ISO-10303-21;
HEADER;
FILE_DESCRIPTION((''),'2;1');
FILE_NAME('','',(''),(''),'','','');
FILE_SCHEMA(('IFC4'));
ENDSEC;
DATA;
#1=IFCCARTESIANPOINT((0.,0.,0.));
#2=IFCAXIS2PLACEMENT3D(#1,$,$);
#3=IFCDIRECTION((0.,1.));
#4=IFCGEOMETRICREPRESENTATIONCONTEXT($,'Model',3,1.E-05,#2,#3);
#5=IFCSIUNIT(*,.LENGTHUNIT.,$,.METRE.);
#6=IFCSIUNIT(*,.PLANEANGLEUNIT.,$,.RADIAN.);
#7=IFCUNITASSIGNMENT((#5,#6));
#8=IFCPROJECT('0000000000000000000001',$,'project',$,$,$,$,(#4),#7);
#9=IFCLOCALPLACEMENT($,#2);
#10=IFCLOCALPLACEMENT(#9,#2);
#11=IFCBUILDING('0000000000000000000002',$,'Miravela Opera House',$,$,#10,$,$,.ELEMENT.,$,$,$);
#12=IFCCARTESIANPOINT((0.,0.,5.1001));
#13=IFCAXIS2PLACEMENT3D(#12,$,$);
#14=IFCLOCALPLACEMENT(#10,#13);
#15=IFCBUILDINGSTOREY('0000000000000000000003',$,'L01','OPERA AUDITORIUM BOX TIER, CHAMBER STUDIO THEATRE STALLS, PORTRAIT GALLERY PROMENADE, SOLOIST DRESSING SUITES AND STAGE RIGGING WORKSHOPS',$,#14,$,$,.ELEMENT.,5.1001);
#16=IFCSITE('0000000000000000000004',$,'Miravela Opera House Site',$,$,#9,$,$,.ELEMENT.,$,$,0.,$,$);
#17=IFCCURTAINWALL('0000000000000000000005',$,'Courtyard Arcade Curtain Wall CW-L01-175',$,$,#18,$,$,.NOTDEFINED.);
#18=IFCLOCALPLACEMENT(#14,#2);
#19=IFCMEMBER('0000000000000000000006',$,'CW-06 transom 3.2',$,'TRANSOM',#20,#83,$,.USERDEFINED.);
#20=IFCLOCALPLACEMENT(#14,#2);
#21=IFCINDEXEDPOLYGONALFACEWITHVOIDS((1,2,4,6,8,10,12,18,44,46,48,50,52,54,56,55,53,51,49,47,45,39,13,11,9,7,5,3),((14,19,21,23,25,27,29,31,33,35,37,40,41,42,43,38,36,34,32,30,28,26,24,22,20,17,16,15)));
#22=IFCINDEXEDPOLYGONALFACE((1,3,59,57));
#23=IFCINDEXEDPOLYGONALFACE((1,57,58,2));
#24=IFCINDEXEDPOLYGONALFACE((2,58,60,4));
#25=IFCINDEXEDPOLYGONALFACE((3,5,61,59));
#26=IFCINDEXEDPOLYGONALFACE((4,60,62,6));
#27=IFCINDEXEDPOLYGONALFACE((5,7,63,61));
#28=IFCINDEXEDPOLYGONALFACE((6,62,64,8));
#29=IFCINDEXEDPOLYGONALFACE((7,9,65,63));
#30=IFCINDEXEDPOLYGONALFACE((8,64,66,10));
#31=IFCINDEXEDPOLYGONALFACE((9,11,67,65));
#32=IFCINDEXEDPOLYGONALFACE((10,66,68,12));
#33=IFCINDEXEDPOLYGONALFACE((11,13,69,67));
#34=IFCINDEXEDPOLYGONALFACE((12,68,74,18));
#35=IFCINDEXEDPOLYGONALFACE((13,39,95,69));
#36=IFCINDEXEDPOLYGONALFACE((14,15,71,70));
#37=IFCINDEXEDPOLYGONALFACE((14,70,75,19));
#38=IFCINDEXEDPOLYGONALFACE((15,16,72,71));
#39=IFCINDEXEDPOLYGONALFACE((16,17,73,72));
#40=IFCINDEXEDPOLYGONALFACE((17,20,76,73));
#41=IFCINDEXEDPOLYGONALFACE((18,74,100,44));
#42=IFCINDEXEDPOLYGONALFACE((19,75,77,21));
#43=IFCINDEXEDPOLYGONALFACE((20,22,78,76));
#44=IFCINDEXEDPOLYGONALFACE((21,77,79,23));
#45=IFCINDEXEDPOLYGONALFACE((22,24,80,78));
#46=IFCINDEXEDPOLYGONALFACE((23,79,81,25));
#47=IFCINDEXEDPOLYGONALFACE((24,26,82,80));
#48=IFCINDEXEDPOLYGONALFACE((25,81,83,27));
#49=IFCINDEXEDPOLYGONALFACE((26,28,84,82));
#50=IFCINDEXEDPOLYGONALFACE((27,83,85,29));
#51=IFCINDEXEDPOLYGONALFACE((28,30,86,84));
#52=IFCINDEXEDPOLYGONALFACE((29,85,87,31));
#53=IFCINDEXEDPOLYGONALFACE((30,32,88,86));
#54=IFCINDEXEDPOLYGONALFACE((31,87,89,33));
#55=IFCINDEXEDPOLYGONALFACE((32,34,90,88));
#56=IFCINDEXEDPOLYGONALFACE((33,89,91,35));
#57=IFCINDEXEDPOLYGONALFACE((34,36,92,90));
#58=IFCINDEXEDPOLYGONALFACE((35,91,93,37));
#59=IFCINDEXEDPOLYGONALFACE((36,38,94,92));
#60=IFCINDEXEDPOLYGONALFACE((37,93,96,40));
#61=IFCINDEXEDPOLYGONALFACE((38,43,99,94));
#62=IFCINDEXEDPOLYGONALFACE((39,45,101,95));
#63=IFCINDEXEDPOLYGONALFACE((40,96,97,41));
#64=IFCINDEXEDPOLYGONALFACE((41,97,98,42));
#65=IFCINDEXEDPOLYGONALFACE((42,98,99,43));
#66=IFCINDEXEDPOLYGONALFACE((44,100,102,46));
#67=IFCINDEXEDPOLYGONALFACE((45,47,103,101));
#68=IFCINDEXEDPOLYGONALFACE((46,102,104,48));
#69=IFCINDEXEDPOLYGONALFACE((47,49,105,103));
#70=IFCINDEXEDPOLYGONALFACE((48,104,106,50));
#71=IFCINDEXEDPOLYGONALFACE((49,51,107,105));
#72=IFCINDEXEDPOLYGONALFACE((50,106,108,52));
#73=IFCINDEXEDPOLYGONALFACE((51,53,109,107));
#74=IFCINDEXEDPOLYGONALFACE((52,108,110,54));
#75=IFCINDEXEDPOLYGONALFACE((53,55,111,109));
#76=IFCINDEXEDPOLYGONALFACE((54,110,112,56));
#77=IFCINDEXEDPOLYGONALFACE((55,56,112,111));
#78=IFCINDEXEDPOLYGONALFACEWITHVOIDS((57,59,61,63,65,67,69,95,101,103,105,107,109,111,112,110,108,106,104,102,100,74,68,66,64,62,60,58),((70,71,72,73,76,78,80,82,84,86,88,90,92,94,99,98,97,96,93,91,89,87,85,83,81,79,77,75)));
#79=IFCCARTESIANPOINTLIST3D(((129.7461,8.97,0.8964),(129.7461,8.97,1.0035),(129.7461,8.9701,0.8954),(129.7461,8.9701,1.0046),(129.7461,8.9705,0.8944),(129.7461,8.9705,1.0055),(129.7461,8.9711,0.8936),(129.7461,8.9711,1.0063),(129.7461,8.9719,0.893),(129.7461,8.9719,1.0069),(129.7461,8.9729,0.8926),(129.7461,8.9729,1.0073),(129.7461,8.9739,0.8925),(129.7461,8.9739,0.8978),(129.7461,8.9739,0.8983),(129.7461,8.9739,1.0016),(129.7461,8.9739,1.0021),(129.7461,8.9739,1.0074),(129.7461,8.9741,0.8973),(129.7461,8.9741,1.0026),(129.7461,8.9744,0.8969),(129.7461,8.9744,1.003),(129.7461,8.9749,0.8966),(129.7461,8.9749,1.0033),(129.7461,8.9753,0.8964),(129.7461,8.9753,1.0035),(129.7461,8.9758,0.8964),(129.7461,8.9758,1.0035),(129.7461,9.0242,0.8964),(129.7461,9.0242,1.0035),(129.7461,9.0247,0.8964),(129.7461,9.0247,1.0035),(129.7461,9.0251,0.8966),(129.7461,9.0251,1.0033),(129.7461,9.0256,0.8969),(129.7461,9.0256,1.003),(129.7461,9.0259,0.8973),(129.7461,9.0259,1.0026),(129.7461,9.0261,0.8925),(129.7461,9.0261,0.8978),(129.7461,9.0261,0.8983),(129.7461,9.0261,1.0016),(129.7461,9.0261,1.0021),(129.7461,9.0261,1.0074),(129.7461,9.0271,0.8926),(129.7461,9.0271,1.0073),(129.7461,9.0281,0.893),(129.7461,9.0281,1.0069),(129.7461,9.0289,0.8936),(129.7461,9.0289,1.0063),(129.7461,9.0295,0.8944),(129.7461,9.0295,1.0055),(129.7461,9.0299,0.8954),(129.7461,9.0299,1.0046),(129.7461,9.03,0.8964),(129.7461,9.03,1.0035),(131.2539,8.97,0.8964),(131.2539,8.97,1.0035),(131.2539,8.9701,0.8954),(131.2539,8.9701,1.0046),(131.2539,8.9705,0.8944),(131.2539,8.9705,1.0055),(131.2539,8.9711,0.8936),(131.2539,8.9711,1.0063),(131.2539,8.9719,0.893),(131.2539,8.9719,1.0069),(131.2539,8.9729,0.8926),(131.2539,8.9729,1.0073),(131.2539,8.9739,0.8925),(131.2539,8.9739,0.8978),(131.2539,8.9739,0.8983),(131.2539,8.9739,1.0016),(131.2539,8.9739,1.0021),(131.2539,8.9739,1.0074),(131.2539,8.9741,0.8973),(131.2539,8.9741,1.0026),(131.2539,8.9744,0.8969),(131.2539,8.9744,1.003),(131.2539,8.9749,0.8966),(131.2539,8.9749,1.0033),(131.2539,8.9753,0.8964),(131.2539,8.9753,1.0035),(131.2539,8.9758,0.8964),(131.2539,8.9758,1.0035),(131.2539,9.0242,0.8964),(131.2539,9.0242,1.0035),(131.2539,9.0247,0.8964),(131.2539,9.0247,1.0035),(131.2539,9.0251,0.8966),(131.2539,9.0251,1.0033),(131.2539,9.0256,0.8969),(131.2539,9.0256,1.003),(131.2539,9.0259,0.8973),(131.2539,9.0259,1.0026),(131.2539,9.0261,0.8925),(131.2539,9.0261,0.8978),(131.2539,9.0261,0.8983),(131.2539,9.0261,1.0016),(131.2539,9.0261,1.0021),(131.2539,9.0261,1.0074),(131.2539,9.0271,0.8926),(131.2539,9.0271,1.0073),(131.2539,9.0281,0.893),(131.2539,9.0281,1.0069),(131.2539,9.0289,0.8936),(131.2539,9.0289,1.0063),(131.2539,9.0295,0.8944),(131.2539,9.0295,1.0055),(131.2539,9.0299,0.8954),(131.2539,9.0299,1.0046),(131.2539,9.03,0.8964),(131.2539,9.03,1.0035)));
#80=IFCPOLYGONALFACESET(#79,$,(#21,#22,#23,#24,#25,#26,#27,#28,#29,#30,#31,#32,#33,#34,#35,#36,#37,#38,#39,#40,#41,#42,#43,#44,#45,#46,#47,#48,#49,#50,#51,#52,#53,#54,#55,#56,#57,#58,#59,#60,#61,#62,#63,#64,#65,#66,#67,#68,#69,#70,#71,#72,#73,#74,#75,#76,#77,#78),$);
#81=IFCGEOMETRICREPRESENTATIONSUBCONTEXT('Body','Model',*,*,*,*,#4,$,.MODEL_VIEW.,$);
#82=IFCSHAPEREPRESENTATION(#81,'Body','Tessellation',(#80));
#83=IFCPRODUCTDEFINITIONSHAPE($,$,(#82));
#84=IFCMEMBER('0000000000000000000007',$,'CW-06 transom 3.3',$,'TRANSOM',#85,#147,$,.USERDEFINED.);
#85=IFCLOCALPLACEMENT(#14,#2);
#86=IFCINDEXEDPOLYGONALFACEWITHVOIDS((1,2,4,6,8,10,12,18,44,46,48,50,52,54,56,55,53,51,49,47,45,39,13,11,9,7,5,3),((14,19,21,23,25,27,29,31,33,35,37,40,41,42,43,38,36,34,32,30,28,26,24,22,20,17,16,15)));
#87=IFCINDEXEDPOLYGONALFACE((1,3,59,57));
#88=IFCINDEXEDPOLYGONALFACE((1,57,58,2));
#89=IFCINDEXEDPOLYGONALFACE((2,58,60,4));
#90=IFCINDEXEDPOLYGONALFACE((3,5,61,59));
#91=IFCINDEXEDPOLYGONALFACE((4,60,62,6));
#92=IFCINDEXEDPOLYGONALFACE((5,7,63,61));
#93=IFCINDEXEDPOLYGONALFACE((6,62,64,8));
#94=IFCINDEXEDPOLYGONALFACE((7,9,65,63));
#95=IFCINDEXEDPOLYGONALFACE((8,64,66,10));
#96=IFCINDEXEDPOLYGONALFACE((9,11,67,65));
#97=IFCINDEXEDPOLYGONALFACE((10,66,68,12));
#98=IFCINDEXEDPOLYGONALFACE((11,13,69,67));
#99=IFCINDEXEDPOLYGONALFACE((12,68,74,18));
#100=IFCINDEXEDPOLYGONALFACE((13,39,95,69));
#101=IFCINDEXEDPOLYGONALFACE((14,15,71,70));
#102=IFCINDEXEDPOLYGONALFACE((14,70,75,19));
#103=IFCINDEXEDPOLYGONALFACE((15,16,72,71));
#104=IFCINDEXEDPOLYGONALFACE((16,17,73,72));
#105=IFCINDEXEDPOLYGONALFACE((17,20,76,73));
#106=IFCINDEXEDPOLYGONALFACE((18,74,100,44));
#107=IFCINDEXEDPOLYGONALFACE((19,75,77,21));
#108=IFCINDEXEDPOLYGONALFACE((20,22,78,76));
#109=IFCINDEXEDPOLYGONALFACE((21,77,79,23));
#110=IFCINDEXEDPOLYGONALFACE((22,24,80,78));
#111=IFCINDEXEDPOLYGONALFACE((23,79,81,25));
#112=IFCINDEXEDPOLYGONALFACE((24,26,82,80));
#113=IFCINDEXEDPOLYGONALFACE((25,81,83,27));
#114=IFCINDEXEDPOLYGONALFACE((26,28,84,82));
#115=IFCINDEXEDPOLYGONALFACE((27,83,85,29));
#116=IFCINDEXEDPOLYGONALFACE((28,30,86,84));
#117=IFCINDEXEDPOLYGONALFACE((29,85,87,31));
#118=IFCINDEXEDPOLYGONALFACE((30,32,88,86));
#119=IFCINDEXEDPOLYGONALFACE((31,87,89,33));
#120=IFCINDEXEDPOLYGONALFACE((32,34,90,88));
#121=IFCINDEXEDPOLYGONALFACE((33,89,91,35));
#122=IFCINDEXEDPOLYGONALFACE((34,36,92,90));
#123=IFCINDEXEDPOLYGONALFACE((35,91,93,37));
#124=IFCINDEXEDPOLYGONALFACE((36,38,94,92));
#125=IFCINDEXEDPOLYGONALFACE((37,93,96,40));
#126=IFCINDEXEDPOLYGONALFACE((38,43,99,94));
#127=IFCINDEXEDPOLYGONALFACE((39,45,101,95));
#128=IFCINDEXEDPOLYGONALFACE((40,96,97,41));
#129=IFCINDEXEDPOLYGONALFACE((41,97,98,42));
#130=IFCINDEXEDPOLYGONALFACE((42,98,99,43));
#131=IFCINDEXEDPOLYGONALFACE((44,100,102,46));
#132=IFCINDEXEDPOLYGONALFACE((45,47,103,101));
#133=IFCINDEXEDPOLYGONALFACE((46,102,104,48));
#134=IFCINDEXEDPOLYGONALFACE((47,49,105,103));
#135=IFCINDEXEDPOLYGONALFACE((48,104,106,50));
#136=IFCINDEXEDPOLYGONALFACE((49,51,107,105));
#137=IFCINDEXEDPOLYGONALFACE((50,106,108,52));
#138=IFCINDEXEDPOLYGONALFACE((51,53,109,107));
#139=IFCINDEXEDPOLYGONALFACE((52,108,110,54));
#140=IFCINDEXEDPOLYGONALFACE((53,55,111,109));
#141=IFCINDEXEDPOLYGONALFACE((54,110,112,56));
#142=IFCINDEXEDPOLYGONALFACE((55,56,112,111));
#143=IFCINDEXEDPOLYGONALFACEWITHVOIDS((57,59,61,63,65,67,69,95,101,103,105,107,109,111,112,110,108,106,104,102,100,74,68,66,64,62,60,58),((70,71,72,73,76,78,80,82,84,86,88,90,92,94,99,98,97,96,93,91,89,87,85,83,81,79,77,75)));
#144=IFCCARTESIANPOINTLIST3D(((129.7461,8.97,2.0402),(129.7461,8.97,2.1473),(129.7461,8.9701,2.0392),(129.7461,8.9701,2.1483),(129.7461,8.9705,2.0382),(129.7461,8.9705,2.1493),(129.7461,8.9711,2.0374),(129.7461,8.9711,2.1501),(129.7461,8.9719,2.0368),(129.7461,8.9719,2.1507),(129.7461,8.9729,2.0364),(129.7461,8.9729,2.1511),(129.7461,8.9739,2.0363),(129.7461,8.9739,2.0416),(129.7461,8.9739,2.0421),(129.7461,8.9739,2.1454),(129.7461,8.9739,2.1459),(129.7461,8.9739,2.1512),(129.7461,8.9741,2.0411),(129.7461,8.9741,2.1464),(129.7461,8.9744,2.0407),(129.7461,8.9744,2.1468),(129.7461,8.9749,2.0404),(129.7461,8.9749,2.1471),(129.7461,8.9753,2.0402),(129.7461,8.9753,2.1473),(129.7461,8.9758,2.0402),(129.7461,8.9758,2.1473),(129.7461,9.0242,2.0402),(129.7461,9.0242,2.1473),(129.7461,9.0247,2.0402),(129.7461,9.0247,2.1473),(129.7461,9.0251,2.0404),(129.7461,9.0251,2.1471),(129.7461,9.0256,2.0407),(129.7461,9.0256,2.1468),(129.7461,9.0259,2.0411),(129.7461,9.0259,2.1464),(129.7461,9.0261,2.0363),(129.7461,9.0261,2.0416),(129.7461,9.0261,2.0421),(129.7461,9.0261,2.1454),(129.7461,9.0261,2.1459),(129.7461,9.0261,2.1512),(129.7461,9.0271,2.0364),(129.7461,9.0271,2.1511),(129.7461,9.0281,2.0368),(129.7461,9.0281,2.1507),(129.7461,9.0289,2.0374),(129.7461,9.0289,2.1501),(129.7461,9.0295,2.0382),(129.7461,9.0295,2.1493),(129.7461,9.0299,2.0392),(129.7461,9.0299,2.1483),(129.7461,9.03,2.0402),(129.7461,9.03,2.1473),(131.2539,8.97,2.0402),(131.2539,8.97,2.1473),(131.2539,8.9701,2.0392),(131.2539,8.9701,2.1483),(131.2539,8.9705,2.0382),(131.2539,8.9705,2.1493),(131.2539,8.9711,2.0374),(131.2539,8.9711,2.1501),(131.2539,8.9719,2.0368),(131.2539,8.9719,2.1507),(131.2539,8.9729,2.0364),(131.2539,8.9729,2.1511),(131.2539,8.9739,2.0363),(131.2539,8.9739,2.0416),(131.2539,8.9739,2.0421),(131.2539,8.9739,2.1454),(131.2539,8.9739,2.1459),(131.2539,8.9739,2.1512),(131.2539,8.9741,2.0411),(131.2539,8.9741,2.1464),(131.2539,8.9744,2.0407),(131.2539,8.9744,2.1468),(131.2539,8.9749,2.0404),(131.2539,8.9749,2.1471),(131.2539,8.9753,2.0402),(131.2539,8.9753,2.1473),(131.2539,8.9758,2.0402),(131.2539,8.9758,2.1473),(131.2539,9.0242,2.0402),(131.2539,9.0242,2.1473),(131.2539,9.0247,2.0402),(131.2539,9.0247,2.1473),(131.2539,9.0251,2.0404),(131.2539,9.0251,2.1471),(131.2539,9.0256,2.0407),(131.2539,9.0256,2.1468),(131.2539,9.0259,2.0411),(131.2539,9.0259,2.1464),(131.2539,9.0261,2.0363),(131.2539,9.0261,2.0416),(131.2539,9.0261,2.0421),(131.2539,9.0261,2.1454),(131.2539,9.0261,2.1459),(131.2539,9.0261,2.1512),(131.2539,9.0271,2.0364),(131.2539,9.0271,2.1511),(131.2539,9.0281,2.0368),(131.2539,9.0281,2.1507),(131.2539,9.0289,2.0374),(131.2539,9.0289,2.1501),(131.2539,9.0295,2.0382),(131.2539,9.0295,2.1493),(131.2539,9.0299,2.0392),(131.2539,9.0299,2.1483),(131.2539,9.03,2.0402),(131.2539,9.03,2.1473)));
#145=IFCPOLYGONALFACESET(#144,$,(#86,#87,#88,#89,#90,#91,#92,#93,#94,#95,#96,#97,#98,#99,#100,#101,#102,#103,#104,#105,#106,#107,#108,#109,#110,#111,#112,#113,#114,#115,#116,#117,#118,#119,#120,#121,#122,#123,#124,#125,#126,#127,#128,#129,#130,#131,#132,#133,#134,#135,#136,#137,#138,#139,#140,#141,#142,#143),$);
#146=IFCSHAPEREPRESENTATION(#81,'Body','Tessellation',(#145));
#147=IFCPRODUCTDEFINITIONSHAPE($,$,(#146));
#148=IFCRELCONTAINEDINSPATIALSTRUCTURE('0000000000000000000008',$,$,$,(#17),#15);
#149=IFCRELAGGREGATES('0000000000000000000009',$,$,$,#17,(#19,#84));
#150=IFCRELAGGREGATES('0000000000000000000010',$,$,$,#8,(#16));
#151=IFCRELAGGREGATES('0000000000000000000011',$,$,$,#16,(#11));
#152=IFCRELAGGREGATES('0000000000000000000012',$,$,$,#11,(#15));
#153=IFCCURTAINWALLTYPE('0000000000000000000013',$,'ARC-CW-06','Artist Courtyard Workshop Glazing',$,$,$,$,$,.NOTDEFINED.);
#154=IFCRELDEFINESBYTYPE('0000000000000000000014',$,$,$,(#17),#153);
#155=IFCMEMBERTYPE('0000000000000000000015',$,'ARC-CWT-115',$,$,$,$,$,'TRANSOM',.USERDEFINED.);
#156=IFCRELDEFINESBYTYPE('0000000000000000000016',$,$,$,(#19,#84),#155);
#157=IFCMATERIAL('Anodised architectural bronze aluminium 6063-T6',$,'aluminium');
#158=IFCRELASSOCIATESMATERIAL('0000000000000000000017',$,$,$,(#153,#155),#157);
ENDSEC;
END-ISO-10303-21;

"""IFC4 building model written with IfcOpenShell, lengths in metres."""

from ifc_helpers import new_model, si_unit, direction, frame, origin, origin_2d, place, context, subcontext, project, spatial, hollow_rectangle, extrude, material, material_profile, profile_set, type_object, element, aggregate, save


model = new_model("IFC4")

# Units and contexts
model_context = context("Model", 3, precision=1e-05, world=origin(), true_north=direction((0.0, 1.0)))
body_context = subcontext(model_context, "Body", "Model", "MODEL_VIEW")
ifc_project = project(units=[si_unit("LENGTHUNIT", "METRE"), si_unit("PLANEANGLEUNIT", "RADIAN")], contexts=[model_context])

# Site, building, storey
site_placement = place(None, origin())
site = spatial("IfcSite", under=ifc_project, at=site_placement, Name="Miravela Opera House Site", CompositionType="ELEMENT", RefElevation=0.0)
building_placement = place(site_placement, origin())
building = spatial("IfcBuilding", under=site, at=building_placement, Name="Miravela Opera House", CompositionType="ELEMENT")
storey_placement = place(building_placement, frame((0.0, 0.0, 5.1001)))
storey = spatial("IfcBuildingStorey", under=building, at=storey_placement, Name="L01", Description="OPERA AUDITORIUM BOX TIER, CHAMBER STUDIO THEATRE STALLS, PORTRAIT GALLERY PROMENADE, SOLOIST DRESSING SUITES AND STAGE RIGGING WORKSHOPS", CompositionType="ELEMENT", Elevation=5.1001)

# Shared definitions
ifc_material_1 = material(Name="Anodised architectural bronze aluminium 6063-T6", Category="aluminium")
curtain_wall_type = type_object("IfcCurtainWallType", Name="ARC-CW-06", Description="Artist Courtyard Workshop Glazing", PredefinedType="NOTDEFINED", material=ifc_material_1)

# Curtain wall
curtain_wall_1_placement = place(storey_placement, origin())
curtain_wall_1 = element("IfcCurtainWall", 1, at=curtain_wall_1_placement, inside=storey, type_object=curtain_wall_type, Name="Courtyard Arcade Curtain Wall CW-L01-175", PredefinedType="NOTDEFINED")

# Members
ifc_material_profile_1 = material_profile(ifc_material_1, hollow_rectangle(XDim=0.0601, YDim=0.115, WallThickness=0.0039, InnerFilletRadius=0.002, OuterFilletRadius=0.0039, at=origin_2d()), Name="CWT-60X115")
ifc_profile_set_1 = profile_set([ifc_material_profile_1])
member_type_1 = type_object("IfcMemberType", Name="ARC-CWT-115", ElementType="TRANSOM", PredefinedType="USERDEFINED", material=ifc_profile_set_1)
member_1_placement = place(storey_placement, frame((129.7461, 9.0, 0.95), z_axis=(1.0, 0.0, 0.0), x_axis=(0.0, 1.0, 0.0)))
member_1 = element("IfcMember", 2, at=member_1_placement, type_object=member_type_1, Name="CW-06 transom 3.2", ObjectType="TRANSOM", PredefinedType="USERDEFINED", context=body_context, shape_type="SweptSolid", body=[
    extrude(hollow_rectangle(XDim=0.0601, YDim=0.115, WallThickness=0.0039, InnerFilletRadius=0.002, OuterFilletRadius=0.0039, at=origin_2d()), origin(), (0.0, 0.0, 1.0), 1.5078),
])
member_2_placement = place(storey_placement, frame((129.7461, 9.0, 2.0938), z_axis=(1.0, 0.0, 0.0), x_axis=(0.0, 1.0, 0.0)))
member_2 = element("IfcMember", 3, at=member_2_placement, type_object=member_type_1, Name="CW-06 transom 3.3", ObjectType="TRANSOM", PredefinedType="USERDEFINED", context=body_context, shape_type="SweptSolid", body=[
    extrude(hollow_rectangle(XDim=0.0601, YDim=0.115, WallThickness=0.0039, InnerFilletRadius=0.002, OuterFilletRadius=0.0039, at=origin_2d()), origin(), (0.0, 0.0, 1.0), 1.5078),
])

aggregate(curtain_wall_1, [member_1, member_2])

save(model, "model.ifc")
